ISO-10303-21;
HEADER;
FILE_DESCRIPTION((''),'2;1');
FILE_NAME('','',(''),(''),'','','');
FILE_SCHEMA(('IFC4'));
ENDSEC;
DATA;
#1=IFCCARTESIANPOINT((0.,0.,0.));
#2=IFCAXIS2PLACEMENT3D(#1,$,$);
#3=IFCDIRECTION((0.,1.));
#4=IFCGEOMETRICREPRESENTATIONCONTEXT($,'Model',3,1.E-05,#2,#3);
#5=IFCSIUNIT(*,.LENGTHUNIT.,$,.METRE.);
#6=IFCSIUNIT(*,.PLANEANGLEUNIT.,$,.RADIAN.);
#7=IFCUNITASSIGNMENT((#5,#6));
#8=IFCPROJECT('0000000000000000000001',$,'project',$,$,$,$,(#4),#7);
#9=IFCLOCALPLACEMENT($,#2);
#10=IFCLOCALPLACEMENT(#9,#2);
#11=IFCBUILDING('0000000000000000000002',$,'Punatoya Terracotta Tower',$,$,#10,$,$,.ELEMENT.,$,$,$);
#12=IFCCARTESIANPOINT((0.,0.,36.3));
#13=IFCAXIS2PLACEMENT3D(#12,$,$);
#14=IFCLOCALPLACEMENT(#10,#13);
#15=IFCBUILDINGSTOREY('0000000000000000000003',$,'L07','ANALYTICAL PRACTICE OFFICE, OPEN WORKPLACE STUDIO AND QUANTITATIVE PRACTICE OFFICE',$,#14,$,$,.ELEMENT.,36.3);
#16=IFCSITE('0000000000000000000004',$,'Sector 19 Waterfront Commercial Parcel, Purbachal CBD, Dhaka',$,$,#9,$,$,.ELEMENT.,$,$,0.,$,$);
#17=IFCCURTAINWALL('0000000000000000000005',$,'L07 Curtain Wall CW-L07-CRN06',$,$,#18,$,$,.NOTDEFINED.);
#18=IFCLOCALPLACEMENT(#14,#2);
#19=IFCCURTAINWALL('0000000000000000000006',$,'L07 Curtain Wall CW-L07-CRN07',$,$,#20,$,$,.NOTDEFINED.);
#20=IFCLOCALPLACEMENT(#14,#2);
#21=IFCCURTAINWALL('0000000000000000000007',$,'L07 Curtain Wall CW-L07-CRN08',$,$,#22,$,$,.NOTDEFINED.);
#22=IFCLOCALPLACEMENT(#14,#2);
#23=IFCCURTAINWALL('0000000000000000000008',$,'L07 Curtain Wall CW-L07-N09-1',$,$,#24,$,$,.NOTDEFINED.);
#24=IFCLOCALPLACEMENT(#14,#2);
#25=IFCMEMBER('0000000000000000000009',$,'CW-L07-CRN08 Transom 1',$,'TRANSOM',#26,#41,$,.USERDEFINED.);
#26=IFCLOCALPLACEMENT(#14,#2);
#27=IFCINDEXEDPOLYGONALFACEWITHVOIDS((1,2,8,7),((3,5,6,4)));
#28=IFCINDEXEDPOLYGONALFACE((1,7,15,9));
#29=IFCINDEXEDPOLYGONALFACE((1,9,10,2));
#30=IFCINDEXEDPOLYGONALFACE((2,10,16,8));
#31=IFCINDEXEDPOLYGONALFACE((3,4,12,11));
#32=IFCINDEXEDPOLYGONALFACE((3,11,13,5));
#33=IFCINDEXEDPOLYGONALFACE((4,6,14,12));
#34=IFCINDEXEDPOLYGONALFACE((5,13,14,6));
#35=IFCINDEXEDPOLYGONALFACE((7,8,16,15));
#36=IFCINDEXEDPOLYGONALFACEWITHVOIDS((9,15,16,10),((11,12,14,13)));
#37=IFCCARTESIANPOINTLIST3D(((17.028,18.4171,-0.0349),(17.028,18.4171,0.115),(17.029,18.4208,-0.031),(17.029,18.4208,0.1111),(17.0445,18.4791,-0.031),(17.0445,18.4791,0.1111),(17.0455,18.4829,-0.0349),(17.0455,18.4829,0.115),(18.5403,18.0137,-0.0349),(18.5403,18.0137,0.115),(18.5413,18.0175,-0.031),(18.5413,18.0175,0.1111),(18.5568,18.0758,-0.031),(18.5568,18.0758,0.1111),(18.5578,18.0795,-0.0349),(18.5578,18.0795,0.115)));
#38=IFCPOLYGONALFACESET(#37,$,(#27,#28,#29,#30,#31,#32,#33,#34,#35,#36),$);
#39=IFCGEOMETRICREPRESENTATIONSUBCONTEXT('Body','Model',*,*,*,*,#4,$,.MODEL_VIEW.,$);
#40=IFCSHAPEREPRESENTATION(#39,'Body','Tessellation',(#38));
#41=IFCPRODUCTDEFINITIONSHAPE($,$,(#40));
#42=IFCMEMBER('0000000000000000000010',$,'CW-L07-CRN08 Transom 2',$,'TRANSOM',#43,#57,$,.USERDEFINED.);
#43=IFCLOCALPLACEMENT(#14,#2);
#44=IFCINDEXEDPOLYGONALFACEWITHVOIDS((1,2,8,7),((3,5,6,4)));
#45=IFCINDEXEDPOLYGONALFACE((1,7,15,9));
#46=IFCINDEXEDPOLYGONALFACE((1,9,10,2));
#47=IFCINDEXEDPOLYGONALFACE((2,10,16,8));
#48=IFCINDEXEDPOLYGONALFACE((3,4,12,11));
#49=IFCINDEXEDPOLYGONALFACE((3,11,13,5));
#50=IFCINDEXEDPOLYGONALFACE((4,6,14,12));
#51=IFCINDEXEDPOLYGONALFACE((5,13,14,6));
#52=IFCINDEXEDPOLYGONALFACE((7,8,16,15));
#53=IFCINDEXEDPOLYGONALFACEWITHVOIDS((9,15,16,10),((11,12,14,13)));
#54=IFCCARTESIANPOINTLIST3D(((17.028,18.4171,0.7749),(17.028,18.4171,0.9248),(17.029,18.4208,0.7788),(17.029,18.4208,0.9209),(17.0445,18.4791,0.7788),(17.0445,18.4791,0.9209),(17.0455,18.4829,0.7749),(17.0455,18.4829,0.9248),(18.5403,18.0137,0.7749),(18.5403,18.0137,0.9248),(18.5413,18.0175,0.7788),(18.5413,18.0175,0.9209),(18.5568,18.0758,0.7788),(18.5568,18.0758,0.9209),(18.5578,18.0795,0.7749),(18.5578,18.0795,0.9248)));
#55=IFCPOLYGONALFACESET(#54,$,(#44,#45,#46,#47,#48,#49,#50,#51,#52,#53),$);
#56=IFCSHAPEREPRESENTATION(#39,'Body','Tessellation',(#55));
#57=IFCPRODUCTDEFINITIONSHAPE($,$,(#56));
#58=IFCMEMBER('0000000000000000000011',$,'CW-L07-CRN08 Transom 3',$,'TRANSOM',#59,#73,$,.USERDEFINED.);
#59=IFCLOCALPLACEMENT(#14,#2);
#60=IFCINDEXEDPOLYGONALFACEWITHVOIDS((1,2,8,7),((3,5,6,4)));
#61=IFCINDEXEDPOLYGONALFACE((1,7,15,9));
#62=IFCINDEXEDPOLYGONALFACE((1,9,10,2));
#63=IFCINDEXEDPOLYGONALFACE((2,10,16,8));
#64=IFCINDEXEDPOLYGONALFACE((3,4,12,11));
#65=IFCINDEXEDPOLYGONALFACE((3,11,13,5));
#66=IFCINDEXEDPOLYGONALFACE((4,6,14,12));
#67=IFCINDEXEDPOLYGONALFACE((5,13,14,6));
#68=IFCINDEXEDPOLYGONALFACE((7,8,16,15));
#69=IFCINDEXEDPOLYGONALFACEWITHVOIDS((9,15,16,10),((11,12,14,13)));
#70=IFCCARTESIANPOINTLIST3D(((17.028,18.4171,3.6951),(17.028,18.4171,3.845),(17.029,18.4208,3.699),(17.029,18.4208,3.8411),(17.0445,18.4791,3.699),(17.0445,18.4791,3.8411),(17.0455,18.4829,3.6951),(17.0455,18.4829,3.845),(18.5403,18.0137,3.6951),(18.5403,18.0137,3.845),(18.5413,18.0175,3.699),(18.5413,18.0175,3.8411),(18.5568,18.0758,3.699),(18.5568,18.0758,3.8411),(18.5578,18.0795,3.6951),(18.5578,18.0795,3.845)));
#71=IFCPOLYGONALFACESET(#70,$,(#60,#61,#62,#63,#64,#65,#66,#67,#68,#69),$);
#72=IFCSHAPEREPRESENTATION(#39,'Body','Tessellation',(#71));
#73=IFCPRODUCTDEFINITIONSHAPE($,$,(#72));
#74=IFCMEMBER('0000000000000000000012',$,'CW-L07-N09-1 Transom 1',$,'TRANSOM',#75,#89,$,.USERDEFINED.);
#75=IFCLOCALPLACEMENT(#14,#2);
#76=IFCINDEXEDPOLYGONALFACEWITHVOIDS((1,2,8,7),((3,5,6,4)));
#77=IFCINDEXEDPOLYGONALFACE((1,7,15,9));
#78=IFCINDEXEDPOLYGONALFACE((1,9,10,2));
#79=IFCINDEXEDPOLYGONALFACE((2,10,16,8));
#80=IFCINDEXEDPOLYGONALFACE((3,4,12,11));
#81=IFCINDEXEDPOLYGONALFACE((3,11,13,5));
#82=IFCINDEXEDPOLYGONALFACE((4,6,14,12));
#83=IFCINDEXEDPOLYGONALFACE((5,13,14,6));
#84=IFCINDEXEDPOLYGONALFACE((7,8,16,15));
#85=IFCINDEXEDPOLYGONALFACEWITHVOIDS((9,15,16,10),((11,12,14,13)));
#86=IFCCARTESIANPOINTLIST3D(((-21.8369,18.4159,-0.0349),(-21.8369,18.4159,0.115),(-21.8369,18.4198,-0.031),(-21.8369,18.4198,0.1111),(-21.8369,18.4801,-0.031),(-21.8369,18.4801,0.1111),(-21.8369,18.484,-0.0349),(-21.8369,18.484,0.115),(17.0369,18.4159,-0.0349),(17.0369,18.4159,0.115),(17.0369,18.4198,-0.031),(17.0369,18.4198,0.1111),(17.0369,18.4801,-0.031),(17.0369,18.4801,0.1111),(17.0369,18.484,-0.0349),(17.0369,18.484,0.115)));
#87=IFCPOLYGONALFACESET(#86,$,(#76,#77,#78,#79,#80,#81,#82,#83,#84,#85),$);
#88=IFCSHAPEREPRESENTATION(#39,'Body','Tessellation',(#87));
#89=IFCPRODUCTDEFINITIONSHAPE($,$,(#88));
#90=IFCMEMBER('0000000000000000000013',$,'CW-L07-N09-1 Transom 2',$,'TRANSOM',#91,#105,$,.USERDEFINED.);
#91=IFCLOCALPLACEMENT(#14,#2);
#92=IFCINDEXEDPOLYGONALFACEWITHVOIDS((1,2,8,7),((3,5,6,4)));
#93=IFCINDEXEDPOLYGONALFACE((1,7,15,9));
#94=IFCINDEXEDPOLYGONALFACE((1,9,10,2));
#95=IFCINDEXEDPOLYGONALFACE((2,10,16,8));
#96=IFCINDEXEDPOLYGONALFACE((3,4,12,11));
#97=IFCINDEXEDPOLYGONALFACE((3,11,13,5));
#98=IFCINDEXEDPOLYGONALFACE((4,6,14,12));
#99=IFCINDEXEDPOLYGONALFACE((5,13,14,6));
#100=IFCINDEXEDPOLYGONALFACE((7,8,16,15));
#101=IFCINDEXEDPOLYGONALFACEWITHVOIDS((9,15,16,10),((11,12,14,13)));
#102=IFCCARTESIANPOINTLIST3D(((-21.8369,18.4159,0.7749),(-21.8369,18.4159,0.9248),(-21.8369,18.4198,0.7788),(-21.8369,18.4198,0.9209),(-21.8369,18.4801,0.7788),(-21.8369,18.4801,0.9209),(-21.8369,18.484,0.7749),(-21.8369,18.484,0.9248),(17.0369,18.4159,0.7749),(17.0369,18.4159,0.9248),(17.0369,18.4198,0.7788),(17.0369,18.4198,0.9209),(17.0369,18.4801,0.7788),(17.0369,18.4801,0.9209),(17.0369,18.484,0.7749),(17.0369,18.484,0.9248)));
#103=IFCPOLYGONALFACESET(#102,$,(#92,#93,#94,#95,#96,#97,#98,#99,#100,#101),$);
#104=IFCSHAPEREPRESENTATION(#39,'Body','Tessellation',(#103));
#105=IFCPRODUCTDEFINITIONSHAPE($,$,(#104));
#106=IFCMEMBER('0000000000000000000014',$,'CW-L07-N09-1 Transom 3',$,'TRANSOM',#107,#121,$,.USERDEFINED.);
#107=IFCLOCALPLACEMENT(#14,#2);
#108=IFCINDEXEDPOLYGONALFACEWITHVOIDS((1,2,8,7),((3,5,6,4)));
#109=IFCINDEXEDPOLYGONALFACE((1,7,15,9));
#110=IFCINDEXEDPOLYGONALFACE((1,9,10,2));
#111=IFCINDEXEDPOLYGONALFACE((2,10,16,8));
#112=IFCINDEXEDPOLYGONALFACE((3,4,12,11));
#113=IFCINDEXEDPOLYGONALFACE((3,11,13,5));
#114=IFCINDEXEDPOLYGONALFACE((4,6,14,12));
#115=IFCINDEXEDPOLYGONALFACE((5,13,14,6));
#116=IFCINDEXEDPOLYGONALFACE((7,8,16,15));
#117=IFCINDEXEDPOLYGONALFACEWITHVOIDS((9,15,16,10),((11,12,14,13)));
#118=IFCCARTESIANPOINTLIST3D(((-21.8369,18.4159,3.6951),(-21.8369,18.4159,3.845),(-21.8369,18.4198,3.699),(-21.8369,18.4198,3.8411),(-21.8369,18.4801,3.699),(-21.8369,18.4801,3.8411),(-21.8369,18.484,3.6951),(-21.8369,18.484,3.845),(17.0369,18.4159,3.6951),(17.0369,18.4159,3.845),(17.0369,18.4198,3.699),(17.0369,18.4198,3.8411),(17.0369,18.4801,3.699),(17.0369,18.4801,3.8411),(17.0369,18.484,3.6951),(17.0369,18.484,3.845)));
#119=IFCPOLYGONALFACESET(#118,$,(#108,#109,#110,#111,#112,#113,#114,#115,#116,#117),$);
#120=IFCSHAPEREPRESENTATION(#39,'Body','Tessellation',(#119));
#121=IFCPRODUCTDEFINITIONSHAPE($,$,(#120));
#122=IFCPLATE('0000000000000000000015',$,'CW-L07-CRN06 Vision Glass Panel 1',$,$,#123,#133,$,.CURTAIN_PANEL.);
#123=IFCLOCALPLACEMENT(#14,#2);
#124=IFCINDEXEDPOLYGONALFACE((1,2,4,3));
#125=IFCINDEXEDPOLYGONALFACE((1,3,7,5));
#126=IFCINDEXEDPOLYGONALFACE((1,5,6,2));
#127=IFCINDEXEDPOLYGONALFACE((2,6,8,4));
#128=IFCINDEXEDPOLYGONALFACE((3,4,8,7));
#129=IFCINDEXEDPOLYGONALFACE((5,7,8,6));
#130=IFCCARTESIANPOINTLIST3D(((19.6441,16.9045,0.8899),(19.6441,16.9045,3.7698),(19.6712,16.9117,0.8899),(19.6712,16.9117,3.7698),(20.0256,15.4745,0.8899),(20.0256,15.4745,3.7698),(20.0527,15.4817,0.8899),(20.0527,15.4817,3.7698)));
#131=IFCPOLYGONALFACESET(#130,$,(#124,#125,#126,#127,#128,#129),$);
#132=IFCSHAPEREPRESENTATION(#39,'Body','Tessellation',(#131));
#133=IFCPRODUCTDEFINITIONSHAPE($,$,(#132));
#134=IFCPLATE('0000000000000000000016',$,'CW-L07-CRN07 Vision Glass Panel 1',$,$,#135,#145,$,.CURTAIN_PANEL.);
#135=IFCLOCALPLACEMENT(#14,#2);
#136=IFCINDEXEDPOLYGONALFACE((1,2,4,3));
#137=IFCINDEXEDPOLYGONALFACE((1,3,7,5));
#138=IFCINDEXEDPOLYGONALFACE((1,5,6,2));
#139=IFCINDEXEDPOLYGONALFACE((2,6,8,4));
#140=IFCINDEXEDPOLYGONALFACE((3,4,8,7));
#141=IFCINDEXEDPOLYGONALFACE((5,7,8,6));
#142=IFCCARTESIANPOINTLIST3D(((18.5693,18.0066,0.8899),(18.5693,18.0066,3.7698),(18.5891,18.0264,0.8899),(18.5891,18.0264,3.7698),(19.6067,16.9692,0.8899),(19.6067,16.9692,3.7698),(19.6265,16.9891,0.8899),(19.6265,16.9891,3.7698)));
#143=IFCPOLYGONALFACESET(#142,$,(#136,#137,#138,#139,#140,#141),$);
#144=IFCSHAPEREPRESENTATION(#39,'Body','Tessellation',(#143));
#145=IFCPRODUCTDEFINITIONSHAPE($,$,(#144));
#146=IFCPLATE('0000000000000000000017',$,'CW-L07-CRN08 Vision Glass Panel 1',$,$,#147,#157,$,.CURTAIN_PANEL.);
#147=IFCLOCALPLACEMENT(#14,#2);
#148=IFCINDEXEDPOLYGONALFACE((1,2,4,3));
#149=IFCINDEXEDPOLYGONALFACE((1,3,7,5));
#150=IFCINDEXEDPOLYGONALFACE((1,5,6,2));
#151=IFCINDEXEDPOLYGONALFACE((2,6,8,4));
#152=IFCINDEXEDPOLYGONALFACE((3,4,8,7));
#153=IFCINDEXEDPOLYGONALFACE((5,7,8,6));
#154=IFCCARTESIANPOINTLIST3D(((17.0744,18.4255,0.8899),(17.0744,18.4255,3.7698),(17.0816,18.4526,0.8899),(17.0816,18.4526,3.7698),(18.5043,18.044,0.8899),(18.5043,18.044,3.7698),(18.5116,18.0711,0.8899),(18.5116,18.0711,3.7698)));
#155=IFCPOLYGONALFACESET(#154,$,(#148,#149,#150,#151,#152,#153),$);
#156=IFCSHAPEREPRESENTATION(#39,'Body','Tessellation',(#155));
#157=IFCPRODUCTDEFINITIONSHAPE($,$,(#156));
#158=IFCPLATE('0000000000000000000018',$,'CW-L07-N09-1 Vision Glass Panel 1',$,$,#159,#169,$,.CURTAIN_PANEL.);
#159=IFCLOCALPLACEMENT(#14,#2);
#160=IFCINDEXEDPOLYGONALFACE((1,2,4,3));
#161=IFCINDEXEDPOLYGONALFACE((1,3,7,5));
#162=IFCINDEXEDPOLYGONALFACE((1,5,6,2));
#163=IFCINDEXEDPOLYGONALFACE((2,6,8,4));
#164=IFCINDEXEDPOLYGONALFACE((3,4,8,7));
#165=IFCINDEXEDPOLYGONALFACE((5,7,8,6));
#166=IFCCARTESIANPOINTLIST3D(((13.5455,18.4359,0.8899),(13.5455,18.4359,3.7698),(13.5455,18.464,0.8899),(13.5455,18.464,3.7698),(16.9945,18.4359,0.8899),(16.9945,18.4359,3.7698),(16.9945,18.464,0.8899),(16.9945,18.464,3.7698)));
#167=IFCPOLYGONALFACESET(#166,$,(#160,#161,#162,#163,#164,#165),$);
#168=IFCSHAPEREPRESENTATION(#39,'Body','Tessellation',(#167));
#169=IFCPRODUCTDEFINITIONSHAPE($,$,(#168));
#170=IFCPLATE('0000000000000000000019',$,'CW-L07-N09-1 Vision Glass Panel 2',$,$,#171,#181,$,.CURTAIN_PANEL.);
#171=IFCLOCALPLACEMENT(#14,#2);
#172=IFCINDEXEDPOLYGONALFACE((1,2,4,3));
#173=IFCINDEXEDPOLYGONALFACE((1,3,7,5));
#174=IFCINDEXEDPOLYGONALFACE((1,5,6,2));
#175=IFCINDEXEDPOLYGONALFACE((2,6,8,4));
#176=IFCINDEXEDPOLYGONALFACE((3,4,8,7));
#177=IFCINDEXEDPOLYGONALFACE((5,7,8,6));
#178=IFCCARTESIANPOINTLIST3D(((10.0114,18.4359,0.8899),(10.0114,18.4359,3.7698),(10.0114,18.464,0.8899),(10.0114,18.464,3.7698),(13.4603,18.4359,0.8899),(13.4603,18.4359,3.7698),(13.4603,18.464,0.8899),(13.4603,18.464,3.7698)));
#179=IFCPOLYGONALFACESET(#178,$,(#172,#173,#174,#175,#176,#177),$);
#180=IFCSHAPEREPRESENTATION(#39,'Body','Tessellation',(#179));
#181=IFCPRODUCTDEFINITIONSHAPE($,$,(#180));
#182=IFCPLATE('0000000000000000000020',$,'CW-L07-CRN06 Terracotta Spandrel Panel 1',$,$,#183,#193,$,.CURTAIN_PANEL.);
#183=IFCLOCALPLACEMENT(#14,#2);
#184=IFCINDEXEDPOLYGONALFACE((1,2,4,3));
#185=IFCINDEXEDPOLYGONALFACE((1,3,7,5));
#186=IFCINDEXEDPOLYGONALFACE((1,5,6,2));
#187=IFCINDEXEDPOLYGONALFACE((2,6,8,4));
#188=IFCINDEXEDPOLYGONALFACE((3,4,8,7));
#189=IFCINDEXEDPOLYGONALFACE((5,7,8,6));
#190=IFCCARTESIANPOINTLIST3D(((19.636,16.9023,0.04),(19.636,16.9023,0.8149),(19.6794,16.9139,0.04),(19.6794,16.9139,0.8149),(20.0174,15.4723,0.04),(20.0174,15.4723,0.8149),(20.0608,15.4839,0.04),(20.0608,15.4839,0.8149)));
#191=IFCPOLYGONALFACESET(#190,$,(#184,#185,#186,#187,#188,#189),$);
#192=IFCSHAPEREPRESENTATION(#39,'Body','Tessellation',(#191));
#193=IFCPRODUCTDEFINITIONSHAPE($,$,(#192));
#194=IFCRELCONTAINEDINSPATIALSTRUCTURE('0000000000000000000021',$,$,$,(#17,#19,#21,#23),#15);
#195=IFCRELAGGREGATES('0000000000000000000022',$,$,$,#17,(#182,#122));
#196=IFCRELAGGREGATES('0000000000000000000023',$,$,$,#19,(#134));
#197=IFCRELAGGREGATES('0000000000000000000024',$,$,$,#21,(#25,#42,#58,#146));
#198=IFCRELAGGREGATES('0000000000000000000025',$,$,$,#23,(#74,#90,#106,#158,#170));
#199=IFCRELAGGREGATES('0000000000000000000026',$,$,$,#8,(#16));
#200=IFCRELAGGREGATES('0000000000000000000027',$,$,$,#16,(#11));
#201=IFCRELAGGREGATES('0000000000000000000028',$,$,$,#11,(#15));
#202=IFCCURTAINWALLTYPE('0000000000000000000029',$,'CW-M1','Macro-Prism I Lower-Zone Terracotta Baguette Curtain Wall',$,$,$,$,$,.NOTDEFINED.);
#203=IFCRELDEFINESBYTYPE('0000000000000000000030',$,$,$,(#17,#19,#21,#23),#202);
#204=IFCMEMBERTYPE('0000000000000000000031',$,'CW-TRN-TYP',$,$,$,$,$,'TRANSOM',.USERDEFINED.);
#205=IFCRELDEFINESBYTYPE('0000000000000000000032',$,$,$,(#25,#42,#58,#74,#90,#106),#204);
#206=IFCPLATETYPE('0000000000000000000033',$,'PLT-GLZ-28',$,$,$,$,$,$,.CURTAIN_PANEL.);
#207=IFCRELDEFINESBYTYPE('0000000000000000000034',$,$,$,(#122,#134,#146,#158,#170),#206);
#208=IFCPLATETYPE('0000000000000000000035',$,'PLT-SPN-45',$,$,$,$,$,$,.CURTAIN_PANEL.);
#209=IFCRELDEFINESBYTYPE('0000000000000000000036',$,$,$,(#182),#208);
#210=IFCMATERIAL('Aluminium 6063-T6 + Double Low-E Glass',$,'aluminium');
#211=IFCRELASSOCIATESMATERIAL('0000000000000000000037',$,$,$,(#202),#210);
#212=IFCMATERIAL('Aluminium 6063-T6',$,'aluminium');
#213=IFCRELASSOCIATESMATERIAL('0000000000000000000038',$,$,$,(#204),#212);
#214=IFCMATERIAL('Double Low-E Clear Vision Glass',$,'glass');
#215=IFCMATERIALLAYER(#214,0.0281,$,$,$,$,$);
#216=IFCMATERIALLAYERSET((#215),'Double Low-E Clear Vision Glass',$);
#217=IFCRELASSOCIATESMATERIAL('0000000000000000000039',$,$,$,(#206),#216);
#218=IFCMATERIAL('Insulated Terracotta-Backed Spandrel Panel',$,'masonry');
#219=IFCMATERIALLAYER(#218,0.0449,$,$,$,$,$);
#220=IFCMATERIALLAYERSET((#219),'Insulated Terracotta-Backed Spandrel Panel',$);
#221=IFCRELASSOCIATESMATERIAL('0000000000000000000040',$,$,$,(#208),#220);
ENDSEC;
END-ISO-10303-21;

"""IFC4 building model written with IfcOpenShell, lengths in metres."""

from ifc_helpers import new_model, si_unit, direction, frame, origin, origin_2d, place, context, subcontext, project, spatial, rectangle, hollow_rectangle, extrude, material, layer, layer_set, material_profile, profile_set, type_object, element, aggregate, save


model = new_model("IFC4")

# Units and contexts
model_context = context("Model", 3, precision=1e-05, world=origin(), true_north=direction((0.0, 1.0)))
body_context = subcontext(model_context, "Body", "Model", "MODEL_VIEW")
ifc_project = project(units=[si_unit("LENGTHUNIT", "METRE"), si_unit("PLANEANGLEUNIT", "RADIAN")], contexts=[model_context])

# Site, building, storey
site_placement = place(None, origin())
site = spatial("IfcSite", under=ifc_project, at=site_placement, Name="Sector 19 Waterfront Commercial Parcel, Purbachal CBD, Dhaka", CompositionType="ELEMENT", RefElevation=0.0)
building_placement = place(site_placement, origin())
building = spatial("IfcBuilding", under=site, at=building_placement, Name="Punatoya Terracotta Tower", CompositionType="ELEMENT")
storey_placement = place(building_placement, frame((0.0, 0.0, 36.3)))
storey = spatial("IfcBuildingStorey", under=building, at=storey_placement, Name="L07", Description="ANALYTICAL PRACTICE OFFICE, OPEN WORKPLACE STUDIO AND QUANTITATIVE PRACTICE OFFICE", CompositionType="ELEMENT", Elevation=36.3)

# Curtain wall
ifc_material_1 = material(Name="Aluminium 6063-T6 + Double Low-E Glass", Category="aluminium")
curtain_wall_type = type_object("IfcCurtainWallType", Name="CW-M1", Description="Macro-Prism I Lower-Zone Terracotta Baguette Curtain Wall", PredefinedType="NOTDEFINED", material=ifc_material_1)
curtain_wall_1_placement = place(storey_placement, origin())
curtain_wall_1 = element("IfcCurtainWall", 1, at=curtain_wall_1_placement, inside=storey, type_object=curtain_wall_type, Name="L07 Curtain Wall CW-L07-CRN06", PredefinedType="NOTDEFINED")
ifc_material_2 = material(Name="Aluminium 6063-T6", Category="aluminium")

# Curtain walls
curtain_wall_2_placement = place(storey_placement, origin())
curtain_wall_2 = element("IfcCurtainWall", 2, at=curtain_wall_2_placement, inside=storey, type_object=curtain_wall_type, Name="L07 Curtain Wall CW-L07-CRN07", PredefinedType="NOTDEFINED")
curtain_wall_3_placement = place(storey_placement, origin())
curtain_wall_3 = element("IfcCurtainWall", 3, at=curtain_wall_3_placement, inside=storey, type_object=curtain_wall_type, Name="L07 Curtain Wall CW-L07-CRN08", PredefinedType="NOTDEFINED")
curtain_wall_4_placement = place(storey_placement, origin())
curtain_wall_4 = element("IfcCurtainWall", 4, at=curtain_wall_4_placement, inside=storey, type_object=curtain_wall_type, Name="L07 Curtain Wall CW-L07-N09-1", PredefinedType="NOTDEFINED")

# Members
ifc_material_profile_1 = material_profile(ifc_material_2, hollow_rectangle(XDim=0.0681, YDim=0.1499, WallThickness=0.0039, at=origin_2d()))
ifc_profile_set_1 = profile_set([ifc_material_profile_1], Name="Aluminium 6063-T6")
member_type_1 = type_object("IfcMemberType", Name="CW-TRN-TYP", ElementType="TRANSOM", PredefinedType="USERDEFINED", material=ifc_profile_set_1)
member_1_placement = place(storey_placement, frame((18.5491, 18.0466, 0.04), z_axis=(-0.966225, 0.257701, 0.0), x_axis=(-0.257701, -0.966225, 0.0)))
member_1 = element("IfcMember", 5, at=member_1_placement, type_object=member_type_1, Name="CW-L07-CRN08 Transom 1", ObjectType="TRANSOM", PredefinedType="USERDEFINED", context=body_context, shape_type="SweptSolid", body=[
    extrude(hollow_rectangle(XDim=0.0681, YDim=0.1499, WallThickness=0.0039, at=origin_2d()), origin(), (0.0, 0.0, 1.0), 1.5652),
])
member_2_placement = place(storey_placement, frame((18.5491, 18.0466, 0.8499), z_axis=(-0.966225, 0.257701, 0.0), x_axis=(-0.257701, -0.966225, 0.0)))
member_2 = element("IfcMember", 6, at=member_2_placement, type_object=member_type_1, Name="CW-L07-CRN08 Transom 2", ObjectType="TRANSOM", PredefinedType="USERDEFINED", context=body_context, shape_type="SweptSolid", body=[
    extrude(hollow_rectangle(XDim=0.0681, YDim=0.1499, WallThickness=0.0039, at=origin_2d()), origin(), (0.0, 0.0, 1.0), 1.5652),
])
member_3_placement = place(storey_placement, frame((18.5491, 18.0466, 3.77), z_axis=(-0.966225, 0.257701, 0.0), x_axis=(-0.257701, -0.966225, 0.0)))
member_3 = element("IfcMember", 7, at=member_3_placement, type_object=member_type_1, Name="CW-L07-CRN08 Transom 3", ObjectType="TRANSOM", PredefinedType="USERDEFINED", context=body_context, shape_type="SweptSolid", body=[
    extrude(hollow_rectangle(XDim=0.0681, YDim=0.1499, WallThickness=0.0039, at=origin_2d()), origin(), (0.0, 0.0, 1.0), 1.5652),
])
member_4_placement = place(storey_placement, frame((17.0369, 18.45, 0.04), z_axis=(-1.0, 0.0, 0.0), x_axis=(0.0, -1.0, 0.0)))
member_4 = element("IfcMember", 8, at=member_4_placement, type_object=member_type_1, Name="CW-L07-N09-1 Transom 1", ObjectType="TRANSOM", PredefinedType="USERDEFINED", context=body_context, shape_type="SweptSolid", body=[
    extrude(hollow_rectangle(XDim=0.0681, YDim=0.1499, WallThickness=0.0039, at=origin_2d()), origin(), (0.0, 0.0, 1.0), 38.8738),
])
member_5_placement = place(storey_placement, frame((17.0369, 18.45, 0.8499), z_axis=(-1.0, 0.0, 0.0), x_axis=(0.0, -1.0, 0.0)))
member_5 = element("IfcMember", 9, at=member_5_placement, type_object=member_type_1, Name="CW-L07-N09-1 Transom 2", ObjectType="TRANSOM", PredefinedType="USERDEFINED", context=body_context, shape_type="SweptSolid", body=[
    extrude(hollow_rectangle(XDim=0.0681, YDim=0.1499, WallThickness=0.0039, at=origin_2d()), origin(), (0.0, 0.0, 1.0), 38.8738),
])
member_6_placement = place(storey_placement, frame((17.0369, 18.45, 3.77), z_axis=(-1.0, 0.0, 0.0), x_axis=(0.0, -1.0, 0.0)))
member_6 = element("IfcMember", 10, at=member_6_placement, type_object=member_type_1, Name="CW-L07-N09-1 Transom 3", ObjectType="TRANSOM", PredefinedType="USERDEFINED", context=body_context, shape_type="SweptSolid", body=[
    extrude(hollow_rectangle(XDim=0.0681, YDim=0.1499, WallThickness=0.0039, at=origin_2d()), origin(), (0.0, 0.0, 1.0), 38.8738),
])

# Plates
ifc_material_3 = material(Name="Double Low-E Clear Vision Glass", Category="glass")
ifc_layer_1 = layer(ifc_material_3, 0.0281)
ifc_layer_set_1 = layer_set([ifc_layer_1], Name="Double Low-E Clear Vision Glass")
plate_type_1 = type_object("IfcPlateType", Name="PLT-GLZ-28", PredefinedType="CURTAIN_PANEL", material=ifc_layer_set_1)
plate_1_placement = place(storey_placement, frame((19.8484, 16.1931, 0.8899), z_axis=(0.0, 0.0, 1.0), x_axis=(-0.257742, 0.966214, 0.0)))
plate_1 = element("IfcPlate", 11, at=plate_1_placement, type_object=plate_type_1, Name="CW-L07-CRN06 Vision Glass Panel 1", PredefinedType="CURTAIN_PANEL", context=body_context, shape_type="SweptSolid", body=[
    extrude(rectangle(XDim=1.48, YDim=0.0281, at=origin_2d()), origin(), (0.0, 0.0, 1.0), 2.8799),
])
plate_2_placement = place(storey_placement, frame((19.0979, 17.4978, 0.8899), z_axis=(0.0, 0.0, 1.0), x_axis=(-0.707107, 0.707107, 0.0)))
plate_2 = element("IfcPlate", 12, at=plate_2_placement, type_object=plate_type_1, Name="CW-L07-CRN07 Vision Glass Panel 1", PredefinedType="CURTAIN_PANEL", context=body_context, shape_type="SweptSolid", body=[
    extrude(rectangle(XDim=1.467, YDim=0.0281, at=origin_2d()), origin(), (0.0, 0.0, 1.0), 2.8799),
])
plate_3_placement = place(storey_placement, frame((17.793, 18.2483, 0.8899), z_axis=(0.0, 0.0, 1.0), x_axis=(-0.966214, 0.257742, 0.0)))
plate_3 = element("IfcPlate", 13, at=plate_3_placement, type_object=plate_type_1, Name="CW-L07-CRN08 Vision Glass Panel 1", PredefinedType="CURTAIN_PANEL", context=body_context, shape_type="SweptSolid", body=[
    extrude(rectangle(XDim=1.48, YDim=0.0281, at=origin_2d()), origin(), (0.0, 0.0, 1.0), 2.8799),
])
plate_4_placement = place(storey_placement, frame((15.27, 18.45, 0.8899), z_axis=(0.0, 0.0, 1.0), x_axis=(-1.0, 0.0, 0.0)))
plate_4 = element("IfcPlate", 14, at=plate_4_placement, type_object=plate_type_1, Name="CW-L07-N09-1 Vision Glass Panel 1", PredefinedType="CURTAIN_PANEL", context=body_context, shape_type="SweptSolid", body=[
    extrude(rectangle(XDim=3.449, YDim=0.0281, at=origin_2d()), origin(), (0.0, 0.0, 1.0), 2.8799),
])
plate_5_placement = place(storey_placement, frame((11.7358, 18.45, 0.8899), z_axis=(0.0, 0.0, 1.0), x_axis=(-1.0, 0.0, 0.0)))
plate_5 = element("IfcPlate", 15, at=plate_5_placement, type_object=plate_type_1, Name="CW-L07-N09-1 Vision Glass Panel 2", PredefinedType="CURTAIN_PANEL", context=body_context, shape_type="SweptSolid", body=[
    extrude(rectangle(XDim=3.449, YDim=0.0281, at=origin_2d()), origin(), (0.0, 0.0, 1.0), 2.8799),
])
ifc_material_4 = material(Name="Insulated Terracotta-Backed Spandrel Panel", Category="masonry")
ifc_layer_2 = layer(ifc_material_4, 0.0449)
ifc_layer_set_2 = layer_set([ifc_layer_2], Name="Insulated Terracotta-Backed Spandrel Panel")
plate_type_2 = type_object("IfcPlateType", Name="PLT-SPN-45", PredefinedType="CURTAIN_PANEL", material=ifc_layer_set_2)
plate_6_placement = place(storey_placement, frame((19.8484, 16.1931, 0.04), z_axis=(0.0, 0.0, 1.0), x_axis=(-0.257742, 0.966214, 0.0)))
plate_6 = element("IfcPlate", 16, at=plate_6_placement, type_object=plate_type_2, Name="CW-L07-CRN06 Terracotta Spandrel Panel 1", PredefinedType="CURTAIN_PANEL", context=body_context, shape_type="SweptSolid", body=[
    extrude(rectangle(XDim=1.48, YDim=0.0449, at=origin_2d()), origin(), (0.0, 0.0, 1.0), 0.7749),
])
aggregate(curtain_wall_1, [plate_6, plate_1])
aggregate(curtain_wall_2, [plate_2])
aggregate(curtain_wall_3, [member_1, member_2, member_3, plate_3])
aggregate(curtain_wall_4, [member_4, member_5, member_6, plate_4, plate_5])

save(model, "model.ifc")
